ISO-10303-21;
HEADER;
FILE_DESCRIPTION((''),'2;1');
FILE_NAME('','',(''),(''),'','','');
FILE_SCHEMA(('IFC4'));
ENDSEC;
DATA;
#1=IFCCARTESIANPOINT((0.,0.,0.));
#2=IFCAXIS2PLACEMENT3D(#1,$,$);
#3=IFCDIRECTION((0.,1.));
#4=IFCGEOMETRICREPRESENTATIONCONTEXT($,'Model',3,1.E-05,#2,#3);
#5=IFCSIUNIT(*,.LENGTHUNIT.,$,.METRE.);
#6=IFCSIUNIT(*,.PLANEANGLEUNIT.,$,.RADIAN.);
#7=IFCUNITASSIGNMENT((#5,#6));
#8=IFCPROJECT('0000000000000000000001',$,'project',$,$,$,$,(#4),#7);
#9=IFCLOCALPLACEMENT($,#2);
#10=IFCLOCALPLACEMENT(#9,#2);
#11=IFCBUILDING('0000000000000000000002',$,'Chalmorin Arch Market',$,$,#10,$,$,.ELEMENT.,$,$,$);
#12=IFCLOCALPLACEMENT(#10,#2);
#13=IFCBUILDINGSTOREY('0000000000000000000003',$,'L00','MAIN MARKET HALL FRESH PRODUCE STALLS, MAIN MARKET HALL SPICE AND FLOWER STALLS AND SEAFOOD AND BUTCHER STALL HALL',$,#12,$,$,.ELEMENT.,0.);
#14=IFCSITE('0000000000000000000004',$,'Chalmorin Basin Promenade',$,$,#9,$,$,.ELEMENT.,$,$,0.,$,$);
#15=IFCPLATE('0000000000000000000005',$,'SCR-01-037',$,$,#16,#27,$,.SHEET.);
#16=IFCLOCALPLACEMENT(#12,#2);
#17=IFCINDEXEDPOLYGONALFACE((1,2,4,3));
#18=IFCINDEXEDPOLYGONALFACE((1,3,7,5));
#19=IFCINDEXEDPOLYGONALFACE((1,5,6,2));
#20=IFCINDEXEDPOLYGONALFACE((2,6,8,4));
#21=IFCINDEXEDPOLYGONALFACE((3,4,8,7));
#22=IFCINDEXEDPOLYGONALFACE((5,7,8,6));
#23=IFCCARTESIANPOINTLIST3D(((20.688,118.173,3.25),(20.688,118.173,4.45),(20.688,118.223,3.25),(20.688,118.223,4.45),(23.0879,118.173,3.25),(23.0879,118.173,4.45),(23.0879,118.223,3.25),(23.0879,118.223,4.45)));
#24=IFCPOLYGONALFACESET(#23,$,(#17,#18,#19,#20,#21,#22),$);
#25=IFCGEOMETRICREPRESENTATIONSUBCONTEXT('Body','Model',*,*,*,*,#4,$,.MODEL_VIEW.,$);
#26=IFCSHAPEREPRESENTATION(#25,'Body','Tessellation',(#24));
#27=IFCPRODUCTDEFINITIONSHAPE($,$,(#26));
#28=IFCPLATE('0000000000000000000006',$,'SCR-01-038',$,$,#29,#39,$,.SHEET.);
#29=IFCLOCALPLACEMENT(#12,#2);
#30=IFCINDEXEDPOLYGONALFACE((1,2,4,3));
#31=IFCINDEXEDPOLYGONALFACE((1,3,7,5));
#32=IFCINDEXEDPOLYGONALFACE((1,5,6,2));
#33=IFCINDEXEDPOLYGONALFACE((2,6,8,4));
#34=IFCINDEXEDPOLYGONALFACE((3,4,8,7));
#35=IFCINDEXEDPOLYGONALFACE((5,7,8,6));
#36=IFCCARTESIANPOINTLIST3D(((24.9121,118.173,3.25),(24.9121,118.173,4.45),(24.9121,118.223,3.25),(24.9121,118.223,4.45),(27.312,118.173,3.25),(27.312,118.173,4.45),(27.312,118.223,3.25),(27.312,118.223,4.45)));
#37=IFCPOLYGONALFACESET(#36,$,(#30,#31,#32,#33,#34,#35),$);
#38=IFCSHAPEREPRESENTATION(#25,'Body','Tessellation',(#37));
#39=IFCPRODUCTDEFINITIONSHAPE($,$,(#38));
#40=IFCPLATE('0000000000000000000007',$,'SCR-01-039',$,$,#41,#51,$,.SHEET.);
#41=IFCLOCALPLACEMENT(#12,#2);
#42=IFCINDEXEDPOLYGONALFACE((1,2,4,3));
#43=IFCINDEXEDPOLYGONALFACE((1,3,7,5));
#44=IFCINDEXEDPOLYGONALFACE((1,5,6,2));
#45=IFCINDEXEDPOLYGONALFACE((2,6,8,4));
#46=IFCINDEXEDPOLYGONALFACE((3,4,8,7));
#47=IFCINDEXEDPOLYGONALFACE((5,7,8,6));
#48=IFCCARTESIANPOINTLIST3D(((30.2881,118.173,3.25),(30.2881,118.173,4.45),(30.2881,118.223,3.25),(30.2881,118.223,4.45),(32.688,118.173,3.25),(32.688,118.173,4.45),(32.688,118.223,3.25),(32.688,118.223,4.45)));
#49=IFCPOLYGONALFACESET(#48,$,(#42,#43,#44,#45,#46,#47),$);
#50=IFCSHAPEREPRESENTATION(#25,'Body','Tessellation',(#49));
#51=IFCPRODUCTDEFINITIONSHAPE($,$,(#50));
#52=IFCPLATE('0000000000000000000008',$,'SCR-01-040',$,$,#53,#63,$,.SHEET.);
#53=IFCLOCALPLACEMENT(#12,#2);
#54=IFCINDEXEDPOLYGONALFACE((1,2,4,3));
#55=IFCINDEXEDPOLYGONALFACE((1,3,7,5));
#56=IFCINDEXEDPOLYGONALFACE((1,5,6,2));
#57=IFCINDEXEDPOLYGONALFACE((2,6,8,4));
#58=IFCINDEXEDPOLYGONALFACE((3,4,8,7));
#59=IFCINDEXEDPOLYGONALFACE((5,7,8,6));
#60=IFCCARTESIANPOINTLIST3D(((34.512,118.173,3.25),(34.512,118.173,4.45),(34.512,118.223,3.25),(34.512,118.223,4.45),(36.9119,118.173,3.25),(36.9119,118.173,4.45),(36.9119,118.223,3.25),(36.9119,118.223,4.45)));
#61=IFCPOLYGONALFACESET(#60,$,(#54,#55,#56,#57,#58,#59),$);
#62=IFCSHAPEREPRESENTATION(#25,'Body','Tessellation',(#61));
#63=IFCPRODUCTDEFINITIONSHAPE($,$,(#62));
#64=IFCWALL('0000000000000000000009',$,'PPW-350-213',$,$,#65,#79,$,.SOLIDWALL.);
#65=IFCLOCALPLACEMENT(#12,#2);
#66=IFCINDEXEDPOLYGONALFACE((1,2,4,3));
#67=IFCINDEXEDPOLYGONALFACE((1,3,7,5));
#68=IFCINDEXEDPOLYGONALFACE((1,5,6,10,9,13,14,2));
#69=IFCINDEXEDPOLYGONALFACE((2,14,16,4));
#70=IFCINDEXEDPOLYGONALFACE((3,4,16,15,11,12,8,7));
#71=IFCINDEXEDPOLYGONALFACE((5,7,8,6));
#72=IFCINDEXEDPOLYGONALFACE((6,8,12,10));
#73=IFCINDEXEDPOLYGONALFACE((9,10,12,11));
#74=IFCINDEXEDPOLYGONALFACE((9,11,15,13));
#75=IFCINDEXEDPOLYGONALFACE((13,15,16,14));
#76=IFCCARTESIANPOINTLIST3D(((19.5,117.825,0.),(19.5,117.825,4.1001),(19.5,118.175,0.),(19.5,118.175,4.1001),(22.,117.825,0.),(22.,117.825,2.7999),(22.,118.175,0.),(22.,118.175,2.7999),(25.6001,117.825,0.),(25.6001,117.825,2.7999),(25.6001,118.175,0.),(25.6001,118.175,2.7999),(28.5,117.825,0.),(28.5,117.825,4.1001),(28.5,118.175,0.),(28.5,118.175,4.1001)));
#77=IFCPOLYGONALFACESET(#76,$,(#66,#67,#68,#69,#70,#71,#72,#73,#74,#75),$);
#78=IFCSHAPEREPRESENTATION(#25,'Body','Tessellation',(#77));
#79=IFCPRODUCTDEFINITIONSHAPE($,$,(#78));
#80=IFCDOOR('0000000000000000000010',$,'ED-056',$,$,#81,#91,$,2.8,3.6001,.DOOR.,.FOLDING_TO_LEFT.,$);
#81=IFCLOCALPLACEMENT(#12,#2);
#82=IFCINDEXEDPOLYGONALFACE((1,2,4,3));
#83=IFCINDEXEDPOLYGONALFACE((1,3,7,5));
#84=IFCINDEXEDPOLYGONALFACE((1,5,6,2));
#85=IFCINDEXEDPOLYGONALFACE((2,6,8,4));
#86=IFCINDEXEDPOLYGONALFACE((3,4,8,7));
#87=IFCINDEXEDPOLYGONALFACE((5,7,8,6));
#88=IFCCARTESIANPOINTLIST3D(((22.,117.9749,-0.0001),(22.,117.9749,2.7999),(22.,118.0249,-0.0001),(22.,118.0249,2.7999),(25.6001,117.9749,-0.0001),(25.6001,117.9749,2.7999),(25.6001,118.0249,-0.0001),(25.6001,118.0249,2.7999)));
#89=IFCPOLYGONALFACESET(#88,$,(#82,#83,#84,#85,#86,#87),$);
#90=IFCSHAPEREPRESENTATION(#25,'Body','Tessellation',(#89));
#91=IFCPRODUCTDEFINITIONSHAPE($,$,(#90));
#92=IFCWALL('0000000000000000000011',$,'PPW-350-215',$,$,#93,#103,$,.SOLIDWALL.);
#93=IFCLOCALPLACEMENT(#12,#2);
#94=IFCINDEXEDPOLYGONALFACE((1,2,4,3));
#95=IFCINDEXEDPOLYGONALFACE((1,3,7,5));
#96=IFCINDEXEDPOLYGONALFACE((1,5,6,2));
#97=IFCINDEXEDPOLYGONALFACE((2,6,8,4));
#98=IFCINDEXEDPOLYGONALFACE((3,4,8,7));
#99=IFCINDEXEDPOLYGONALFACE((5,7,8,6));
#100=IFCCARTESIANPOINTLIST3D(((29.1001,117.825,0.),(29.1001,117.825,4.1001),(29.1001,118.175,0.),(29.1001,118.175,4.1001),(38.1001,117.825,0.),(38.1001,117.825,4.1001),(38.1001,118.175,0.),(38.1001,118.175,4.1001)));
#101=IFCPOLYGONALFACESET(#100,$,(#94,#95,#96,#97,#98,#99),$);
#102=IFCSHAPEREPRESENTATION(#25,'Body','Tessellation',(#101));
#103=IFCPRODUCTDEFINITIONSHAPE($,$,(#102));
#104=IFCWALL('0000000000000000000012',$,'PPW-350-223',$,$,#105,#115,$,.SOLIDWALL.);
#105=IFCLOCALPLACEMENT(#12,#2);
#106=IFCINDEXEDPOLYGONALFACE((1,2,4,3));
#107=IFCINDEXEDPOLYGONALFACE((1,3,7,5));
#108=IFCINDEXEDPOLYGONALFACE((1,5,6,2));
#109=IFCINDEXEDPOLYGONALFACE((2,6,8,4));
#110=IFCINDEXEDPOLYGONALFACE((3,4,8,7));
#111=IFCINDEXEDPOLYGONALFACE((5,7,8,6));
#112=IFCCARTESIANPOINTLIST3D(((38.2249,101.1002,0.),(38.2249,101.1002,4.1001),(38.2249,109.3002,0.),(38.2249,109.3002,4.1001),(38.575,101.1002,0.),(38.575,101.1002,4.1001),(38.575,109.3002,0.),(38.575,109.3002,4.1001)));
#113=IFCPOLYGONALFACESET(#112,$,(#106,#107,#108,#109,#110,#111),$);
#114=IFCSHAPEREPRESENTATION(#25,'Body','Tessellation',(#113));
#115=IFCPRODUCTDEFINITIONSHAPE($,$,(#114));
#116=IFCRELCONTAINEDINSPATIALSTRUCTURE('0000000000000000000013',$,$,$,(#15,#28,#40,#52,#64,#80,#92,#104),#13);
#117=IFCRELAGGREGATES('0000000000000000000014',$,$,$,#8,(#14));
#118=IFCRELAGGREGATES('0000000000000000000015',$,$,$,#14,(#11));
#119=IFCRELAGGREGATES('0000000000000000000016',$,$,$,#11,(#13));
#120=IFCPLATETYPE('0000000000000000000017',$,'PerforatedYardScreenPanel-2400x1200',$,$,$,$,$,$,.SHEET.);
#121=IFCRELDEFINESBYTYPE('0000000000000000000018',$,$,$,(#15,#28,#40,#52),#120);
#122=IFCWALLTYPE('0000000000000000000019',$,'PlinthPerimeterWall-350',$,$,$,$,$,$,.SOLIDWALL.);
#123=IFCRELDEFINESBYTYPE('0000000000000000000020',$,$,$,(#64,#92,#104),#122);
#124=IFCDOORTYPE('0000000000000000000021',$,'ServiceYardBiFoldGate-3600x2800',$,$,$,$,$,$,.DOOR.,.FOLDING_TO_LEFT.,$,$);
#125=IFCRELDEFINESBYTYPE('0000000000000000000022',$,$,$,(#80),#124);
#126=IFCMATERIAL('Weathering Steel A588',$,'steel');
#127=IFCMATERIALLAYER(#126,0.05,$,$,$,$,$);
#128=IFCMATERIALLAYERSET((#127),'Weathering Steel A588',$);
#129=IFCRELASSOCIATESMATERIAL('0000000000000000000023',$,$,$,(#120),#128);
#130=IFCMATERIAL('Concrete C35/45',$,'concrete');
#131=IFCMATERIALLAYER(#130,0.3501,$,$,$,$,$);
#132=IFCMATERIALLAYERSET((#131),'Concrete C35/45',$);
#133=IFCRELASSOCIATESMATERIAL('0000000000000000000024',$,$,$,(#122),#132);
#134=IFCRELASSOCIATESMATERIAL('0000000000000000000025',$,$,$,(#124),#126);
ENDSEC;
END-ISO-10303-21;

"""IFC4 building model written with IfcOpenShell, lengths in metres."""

from ifc_helpers import new_model, si_unit, direction, frame, frame_2d, origin, origin_2d, place, context, subcontext, project, spatial, rectangle, extrude, material, layer, layer_set, type_object, element, fill, save


model = new_model("IFC4")

# Units and contexts
model_context = context("Model", 3, precision=1e-05, world=origin(), true_north=direction((0.0, 1.0)))
body_context = subcontext(model_context, "Body", "Model", "MODEL_VIEW")
ifc_project = project(units=[si_unit("LENGTHUNIT", "METRE"), si_unit("PLANEANGLEUNIT", "RADIAN")], contexts=[model_context])

# Site, building, storey
site_placement = place(None, origin())
site = spatial("IfcSite", under=ifc_project, at=site_placement, Name="Chalmorin Basin Promenade", CompositionType="ELEMENT", RefElevation=0.0)
building_placement = place(site_placement, origin())
building = spatial("IfcBuilding", under=site, at=building_placement, Name="Chalmorin Arch Market", CompositionType="ELEMENT")
storey_placement = place(building_placement, origin())
storey = spatial("IfcBuildingStorey", under=building, at=storey_placement, Name="L00", Description="MAIN MARKET HALL FRESH PRODUCE STALLS, MAIN MARKET HALL SPICE AND FLOWER STALLS AND SEAFOOD AND BUTCHER STALL HALL", CompositionType="ELEMENT", Elevation=0.0)

# Plates
ifc_material_1 = material(Name="Weathering Steel A588", Category="steel")
ifc_layer_1 = layer(ifc_material_1, 0.05)
ifc_layer_set_1 = layer_set([ifc_layer_1], Name="Weathering Steel A588")
plate_type = type_object("IfcPlateType", Name="PerforatedYardScreenPanel-2400x1200", PredefinedType="SHEET", material=ifc_layer_set_1)
for number, where, z_axis, x_axis, name in (
    (1, (21.8879, 118.198, 3.25), (0.0, 0.0, 1.0), (1.0, 0.0, 0.0), "SCR-01-037"),
    (2, (26.1121, 118.198, 3.25), (0.0, 0.0, 1.0), (1.0, 0.0, 0.0), "SCR-01-038"),
    (3, (31.488, 118.198, 3.25), (0.0, 0.0, 1.0), (1.0, 0.0, 0.0), "SCR-01-039"),
    (4, (35.7119, 118.198, 3.25), (0.0, 0.0, 1.0), (1.0, 0.0, 0.0), "SCR-01-040"),
):
    element("IfcPlate", number, at=place(storey_placement, frame(where, z_axis=z_axis, x_axis=x_axis)), inside=storey, type_object=plate_type, Name=name, PredefinedType="SHEET", context=body_context, shape_type="SweptSolid", body=[
        extrude(rectangle(XDim=2.3999, YDim=0.05, at=origin_2d()), origin(), (0.0, 0.0, 1.0), 1.2),
    ])

# Wall, opening, door
ifc_material_2 = material(Name="Concrete C35/45", Category="concrete")
ifc_layer_2 = layer(ifc_material_2, 0.3501)
ifc_layer_set_2 = layer_set([ifc_layer_2], Name="Concrete C35/45")
wall_type = type_object("IfcWallType", Name="PlinthPerimeterWall-350", PredefinedType="SOLIDWALL", material=ifc_layer_set_2)
wall_1_placement = place(storey_placement, frame((19.5, 118.0, 0.0), z_axis=(0.0, 0.0, 1.0), x_axis=(1.0, 0.0, 0.0)))
wall_1 = element("IfcWall", 5, at=wall_1_placement, inside=storey, type_object=wall_type, Name="PPW-350-213", PredefinedType="SOLIDWALL", context=body_context, shape_type="SweptSolid", body=[
    extrude(rectangle(XDim=9.0, YDim=0.3501, at=frame_2d((4.5, 0.0))), origin(), (0.0, 0.0, 1.0), 4.1001),
])
opening_placement = place(wall_1_placement, frame((2.5, 0.0, 0.0)))
opening = element("IfcOpeningElement", 6, at=opening_placement, cuts=wall_1, PredefinedType="OPENING", context=body_context, shape_type="SweptSolid", body=[
    extrude(rectangle(XDim=3.6001, YDim=2.8, at=frame_2d((1.8, 1.3999))), frame((0.0, 0.1851, 0.0), z_axis=(0.0, -1.0, 0.0), x_axis=(1.0, 0.0, 0.0)), (0.0, 0.0, 1.0), 0.3701),
])
door_type = type_object("IfcDoorType", Name="ServiceYardBiFoldGate-3600x2800", OperationType="FOLDING_TO_LEFT", PredefinedType="DOOR", material=ifc_material_1)
door_placement = place(opening_placement, origin())
door = element("IfcDoor", 7, at=door_placement, inside=storey, type_object=door_type, Name="ED-056", OperationType="FOLDING_TO_LEFT", OverallHeight=2.8, OverallWidth=3.6001, PredefinedType="DOOR", context=body_context, shape_type="SweptSolid", body=[
    extrude(rectangle(XDim=3.6001, YDim=2.8, at=frame_2d((1.8, 1.3999))), frame((0.0, 0.0249, 0.0), z_axis=(0.0, -1.0, 0.0), x_axis=(1.0, 0.0, 0.0)), (0.0, 0.0, 1.0), 0.05),
])
fill(opening, door)

# Walls
wall_2_placement = place(storey_placement, frame((29.1001, 118.0, 0.0), z_axis=(0.0, 0.0, 1.0), x_axis=(1.0, 0.0, 0.0)))
element("IfcWall", 8, at=wall_2_placement, inside=storey, type_object=wall_type, Name="PPW-350-215", PredefinedType="SOLIDWALL", context=body_context, shape_type="SweptSolid", body=[
    extrude(rectangle(XDim=9.0, YDim=0.3501, at=frame_2d((4.5, 0.0))), origin(), (0.0, 0.0, 1.0), 4.1001),
])
wall_3_placement = place(storey_placement, frame((38.3999, 101.1001, 0.0), z_axis=(0.0, 0.0, 1.0), x_axis=(0.0, 1.0, 0.0)))
element("IfcWall", 9, at=wall_3_placement, inside=storey, type_object=wall_type, Name="PPW-350-223", PredefinedType="SOLIDWALL", context=body_context, shape_type="SweptSolid", body=[
    extrude(rectangle(XDim=8.2, YDim=0.3501, at=frame_2d((4.1001, 0.0))), origin(), (0.0, 0.0, 1.0), 4.1001),
])

save(model, "model.ifc")
